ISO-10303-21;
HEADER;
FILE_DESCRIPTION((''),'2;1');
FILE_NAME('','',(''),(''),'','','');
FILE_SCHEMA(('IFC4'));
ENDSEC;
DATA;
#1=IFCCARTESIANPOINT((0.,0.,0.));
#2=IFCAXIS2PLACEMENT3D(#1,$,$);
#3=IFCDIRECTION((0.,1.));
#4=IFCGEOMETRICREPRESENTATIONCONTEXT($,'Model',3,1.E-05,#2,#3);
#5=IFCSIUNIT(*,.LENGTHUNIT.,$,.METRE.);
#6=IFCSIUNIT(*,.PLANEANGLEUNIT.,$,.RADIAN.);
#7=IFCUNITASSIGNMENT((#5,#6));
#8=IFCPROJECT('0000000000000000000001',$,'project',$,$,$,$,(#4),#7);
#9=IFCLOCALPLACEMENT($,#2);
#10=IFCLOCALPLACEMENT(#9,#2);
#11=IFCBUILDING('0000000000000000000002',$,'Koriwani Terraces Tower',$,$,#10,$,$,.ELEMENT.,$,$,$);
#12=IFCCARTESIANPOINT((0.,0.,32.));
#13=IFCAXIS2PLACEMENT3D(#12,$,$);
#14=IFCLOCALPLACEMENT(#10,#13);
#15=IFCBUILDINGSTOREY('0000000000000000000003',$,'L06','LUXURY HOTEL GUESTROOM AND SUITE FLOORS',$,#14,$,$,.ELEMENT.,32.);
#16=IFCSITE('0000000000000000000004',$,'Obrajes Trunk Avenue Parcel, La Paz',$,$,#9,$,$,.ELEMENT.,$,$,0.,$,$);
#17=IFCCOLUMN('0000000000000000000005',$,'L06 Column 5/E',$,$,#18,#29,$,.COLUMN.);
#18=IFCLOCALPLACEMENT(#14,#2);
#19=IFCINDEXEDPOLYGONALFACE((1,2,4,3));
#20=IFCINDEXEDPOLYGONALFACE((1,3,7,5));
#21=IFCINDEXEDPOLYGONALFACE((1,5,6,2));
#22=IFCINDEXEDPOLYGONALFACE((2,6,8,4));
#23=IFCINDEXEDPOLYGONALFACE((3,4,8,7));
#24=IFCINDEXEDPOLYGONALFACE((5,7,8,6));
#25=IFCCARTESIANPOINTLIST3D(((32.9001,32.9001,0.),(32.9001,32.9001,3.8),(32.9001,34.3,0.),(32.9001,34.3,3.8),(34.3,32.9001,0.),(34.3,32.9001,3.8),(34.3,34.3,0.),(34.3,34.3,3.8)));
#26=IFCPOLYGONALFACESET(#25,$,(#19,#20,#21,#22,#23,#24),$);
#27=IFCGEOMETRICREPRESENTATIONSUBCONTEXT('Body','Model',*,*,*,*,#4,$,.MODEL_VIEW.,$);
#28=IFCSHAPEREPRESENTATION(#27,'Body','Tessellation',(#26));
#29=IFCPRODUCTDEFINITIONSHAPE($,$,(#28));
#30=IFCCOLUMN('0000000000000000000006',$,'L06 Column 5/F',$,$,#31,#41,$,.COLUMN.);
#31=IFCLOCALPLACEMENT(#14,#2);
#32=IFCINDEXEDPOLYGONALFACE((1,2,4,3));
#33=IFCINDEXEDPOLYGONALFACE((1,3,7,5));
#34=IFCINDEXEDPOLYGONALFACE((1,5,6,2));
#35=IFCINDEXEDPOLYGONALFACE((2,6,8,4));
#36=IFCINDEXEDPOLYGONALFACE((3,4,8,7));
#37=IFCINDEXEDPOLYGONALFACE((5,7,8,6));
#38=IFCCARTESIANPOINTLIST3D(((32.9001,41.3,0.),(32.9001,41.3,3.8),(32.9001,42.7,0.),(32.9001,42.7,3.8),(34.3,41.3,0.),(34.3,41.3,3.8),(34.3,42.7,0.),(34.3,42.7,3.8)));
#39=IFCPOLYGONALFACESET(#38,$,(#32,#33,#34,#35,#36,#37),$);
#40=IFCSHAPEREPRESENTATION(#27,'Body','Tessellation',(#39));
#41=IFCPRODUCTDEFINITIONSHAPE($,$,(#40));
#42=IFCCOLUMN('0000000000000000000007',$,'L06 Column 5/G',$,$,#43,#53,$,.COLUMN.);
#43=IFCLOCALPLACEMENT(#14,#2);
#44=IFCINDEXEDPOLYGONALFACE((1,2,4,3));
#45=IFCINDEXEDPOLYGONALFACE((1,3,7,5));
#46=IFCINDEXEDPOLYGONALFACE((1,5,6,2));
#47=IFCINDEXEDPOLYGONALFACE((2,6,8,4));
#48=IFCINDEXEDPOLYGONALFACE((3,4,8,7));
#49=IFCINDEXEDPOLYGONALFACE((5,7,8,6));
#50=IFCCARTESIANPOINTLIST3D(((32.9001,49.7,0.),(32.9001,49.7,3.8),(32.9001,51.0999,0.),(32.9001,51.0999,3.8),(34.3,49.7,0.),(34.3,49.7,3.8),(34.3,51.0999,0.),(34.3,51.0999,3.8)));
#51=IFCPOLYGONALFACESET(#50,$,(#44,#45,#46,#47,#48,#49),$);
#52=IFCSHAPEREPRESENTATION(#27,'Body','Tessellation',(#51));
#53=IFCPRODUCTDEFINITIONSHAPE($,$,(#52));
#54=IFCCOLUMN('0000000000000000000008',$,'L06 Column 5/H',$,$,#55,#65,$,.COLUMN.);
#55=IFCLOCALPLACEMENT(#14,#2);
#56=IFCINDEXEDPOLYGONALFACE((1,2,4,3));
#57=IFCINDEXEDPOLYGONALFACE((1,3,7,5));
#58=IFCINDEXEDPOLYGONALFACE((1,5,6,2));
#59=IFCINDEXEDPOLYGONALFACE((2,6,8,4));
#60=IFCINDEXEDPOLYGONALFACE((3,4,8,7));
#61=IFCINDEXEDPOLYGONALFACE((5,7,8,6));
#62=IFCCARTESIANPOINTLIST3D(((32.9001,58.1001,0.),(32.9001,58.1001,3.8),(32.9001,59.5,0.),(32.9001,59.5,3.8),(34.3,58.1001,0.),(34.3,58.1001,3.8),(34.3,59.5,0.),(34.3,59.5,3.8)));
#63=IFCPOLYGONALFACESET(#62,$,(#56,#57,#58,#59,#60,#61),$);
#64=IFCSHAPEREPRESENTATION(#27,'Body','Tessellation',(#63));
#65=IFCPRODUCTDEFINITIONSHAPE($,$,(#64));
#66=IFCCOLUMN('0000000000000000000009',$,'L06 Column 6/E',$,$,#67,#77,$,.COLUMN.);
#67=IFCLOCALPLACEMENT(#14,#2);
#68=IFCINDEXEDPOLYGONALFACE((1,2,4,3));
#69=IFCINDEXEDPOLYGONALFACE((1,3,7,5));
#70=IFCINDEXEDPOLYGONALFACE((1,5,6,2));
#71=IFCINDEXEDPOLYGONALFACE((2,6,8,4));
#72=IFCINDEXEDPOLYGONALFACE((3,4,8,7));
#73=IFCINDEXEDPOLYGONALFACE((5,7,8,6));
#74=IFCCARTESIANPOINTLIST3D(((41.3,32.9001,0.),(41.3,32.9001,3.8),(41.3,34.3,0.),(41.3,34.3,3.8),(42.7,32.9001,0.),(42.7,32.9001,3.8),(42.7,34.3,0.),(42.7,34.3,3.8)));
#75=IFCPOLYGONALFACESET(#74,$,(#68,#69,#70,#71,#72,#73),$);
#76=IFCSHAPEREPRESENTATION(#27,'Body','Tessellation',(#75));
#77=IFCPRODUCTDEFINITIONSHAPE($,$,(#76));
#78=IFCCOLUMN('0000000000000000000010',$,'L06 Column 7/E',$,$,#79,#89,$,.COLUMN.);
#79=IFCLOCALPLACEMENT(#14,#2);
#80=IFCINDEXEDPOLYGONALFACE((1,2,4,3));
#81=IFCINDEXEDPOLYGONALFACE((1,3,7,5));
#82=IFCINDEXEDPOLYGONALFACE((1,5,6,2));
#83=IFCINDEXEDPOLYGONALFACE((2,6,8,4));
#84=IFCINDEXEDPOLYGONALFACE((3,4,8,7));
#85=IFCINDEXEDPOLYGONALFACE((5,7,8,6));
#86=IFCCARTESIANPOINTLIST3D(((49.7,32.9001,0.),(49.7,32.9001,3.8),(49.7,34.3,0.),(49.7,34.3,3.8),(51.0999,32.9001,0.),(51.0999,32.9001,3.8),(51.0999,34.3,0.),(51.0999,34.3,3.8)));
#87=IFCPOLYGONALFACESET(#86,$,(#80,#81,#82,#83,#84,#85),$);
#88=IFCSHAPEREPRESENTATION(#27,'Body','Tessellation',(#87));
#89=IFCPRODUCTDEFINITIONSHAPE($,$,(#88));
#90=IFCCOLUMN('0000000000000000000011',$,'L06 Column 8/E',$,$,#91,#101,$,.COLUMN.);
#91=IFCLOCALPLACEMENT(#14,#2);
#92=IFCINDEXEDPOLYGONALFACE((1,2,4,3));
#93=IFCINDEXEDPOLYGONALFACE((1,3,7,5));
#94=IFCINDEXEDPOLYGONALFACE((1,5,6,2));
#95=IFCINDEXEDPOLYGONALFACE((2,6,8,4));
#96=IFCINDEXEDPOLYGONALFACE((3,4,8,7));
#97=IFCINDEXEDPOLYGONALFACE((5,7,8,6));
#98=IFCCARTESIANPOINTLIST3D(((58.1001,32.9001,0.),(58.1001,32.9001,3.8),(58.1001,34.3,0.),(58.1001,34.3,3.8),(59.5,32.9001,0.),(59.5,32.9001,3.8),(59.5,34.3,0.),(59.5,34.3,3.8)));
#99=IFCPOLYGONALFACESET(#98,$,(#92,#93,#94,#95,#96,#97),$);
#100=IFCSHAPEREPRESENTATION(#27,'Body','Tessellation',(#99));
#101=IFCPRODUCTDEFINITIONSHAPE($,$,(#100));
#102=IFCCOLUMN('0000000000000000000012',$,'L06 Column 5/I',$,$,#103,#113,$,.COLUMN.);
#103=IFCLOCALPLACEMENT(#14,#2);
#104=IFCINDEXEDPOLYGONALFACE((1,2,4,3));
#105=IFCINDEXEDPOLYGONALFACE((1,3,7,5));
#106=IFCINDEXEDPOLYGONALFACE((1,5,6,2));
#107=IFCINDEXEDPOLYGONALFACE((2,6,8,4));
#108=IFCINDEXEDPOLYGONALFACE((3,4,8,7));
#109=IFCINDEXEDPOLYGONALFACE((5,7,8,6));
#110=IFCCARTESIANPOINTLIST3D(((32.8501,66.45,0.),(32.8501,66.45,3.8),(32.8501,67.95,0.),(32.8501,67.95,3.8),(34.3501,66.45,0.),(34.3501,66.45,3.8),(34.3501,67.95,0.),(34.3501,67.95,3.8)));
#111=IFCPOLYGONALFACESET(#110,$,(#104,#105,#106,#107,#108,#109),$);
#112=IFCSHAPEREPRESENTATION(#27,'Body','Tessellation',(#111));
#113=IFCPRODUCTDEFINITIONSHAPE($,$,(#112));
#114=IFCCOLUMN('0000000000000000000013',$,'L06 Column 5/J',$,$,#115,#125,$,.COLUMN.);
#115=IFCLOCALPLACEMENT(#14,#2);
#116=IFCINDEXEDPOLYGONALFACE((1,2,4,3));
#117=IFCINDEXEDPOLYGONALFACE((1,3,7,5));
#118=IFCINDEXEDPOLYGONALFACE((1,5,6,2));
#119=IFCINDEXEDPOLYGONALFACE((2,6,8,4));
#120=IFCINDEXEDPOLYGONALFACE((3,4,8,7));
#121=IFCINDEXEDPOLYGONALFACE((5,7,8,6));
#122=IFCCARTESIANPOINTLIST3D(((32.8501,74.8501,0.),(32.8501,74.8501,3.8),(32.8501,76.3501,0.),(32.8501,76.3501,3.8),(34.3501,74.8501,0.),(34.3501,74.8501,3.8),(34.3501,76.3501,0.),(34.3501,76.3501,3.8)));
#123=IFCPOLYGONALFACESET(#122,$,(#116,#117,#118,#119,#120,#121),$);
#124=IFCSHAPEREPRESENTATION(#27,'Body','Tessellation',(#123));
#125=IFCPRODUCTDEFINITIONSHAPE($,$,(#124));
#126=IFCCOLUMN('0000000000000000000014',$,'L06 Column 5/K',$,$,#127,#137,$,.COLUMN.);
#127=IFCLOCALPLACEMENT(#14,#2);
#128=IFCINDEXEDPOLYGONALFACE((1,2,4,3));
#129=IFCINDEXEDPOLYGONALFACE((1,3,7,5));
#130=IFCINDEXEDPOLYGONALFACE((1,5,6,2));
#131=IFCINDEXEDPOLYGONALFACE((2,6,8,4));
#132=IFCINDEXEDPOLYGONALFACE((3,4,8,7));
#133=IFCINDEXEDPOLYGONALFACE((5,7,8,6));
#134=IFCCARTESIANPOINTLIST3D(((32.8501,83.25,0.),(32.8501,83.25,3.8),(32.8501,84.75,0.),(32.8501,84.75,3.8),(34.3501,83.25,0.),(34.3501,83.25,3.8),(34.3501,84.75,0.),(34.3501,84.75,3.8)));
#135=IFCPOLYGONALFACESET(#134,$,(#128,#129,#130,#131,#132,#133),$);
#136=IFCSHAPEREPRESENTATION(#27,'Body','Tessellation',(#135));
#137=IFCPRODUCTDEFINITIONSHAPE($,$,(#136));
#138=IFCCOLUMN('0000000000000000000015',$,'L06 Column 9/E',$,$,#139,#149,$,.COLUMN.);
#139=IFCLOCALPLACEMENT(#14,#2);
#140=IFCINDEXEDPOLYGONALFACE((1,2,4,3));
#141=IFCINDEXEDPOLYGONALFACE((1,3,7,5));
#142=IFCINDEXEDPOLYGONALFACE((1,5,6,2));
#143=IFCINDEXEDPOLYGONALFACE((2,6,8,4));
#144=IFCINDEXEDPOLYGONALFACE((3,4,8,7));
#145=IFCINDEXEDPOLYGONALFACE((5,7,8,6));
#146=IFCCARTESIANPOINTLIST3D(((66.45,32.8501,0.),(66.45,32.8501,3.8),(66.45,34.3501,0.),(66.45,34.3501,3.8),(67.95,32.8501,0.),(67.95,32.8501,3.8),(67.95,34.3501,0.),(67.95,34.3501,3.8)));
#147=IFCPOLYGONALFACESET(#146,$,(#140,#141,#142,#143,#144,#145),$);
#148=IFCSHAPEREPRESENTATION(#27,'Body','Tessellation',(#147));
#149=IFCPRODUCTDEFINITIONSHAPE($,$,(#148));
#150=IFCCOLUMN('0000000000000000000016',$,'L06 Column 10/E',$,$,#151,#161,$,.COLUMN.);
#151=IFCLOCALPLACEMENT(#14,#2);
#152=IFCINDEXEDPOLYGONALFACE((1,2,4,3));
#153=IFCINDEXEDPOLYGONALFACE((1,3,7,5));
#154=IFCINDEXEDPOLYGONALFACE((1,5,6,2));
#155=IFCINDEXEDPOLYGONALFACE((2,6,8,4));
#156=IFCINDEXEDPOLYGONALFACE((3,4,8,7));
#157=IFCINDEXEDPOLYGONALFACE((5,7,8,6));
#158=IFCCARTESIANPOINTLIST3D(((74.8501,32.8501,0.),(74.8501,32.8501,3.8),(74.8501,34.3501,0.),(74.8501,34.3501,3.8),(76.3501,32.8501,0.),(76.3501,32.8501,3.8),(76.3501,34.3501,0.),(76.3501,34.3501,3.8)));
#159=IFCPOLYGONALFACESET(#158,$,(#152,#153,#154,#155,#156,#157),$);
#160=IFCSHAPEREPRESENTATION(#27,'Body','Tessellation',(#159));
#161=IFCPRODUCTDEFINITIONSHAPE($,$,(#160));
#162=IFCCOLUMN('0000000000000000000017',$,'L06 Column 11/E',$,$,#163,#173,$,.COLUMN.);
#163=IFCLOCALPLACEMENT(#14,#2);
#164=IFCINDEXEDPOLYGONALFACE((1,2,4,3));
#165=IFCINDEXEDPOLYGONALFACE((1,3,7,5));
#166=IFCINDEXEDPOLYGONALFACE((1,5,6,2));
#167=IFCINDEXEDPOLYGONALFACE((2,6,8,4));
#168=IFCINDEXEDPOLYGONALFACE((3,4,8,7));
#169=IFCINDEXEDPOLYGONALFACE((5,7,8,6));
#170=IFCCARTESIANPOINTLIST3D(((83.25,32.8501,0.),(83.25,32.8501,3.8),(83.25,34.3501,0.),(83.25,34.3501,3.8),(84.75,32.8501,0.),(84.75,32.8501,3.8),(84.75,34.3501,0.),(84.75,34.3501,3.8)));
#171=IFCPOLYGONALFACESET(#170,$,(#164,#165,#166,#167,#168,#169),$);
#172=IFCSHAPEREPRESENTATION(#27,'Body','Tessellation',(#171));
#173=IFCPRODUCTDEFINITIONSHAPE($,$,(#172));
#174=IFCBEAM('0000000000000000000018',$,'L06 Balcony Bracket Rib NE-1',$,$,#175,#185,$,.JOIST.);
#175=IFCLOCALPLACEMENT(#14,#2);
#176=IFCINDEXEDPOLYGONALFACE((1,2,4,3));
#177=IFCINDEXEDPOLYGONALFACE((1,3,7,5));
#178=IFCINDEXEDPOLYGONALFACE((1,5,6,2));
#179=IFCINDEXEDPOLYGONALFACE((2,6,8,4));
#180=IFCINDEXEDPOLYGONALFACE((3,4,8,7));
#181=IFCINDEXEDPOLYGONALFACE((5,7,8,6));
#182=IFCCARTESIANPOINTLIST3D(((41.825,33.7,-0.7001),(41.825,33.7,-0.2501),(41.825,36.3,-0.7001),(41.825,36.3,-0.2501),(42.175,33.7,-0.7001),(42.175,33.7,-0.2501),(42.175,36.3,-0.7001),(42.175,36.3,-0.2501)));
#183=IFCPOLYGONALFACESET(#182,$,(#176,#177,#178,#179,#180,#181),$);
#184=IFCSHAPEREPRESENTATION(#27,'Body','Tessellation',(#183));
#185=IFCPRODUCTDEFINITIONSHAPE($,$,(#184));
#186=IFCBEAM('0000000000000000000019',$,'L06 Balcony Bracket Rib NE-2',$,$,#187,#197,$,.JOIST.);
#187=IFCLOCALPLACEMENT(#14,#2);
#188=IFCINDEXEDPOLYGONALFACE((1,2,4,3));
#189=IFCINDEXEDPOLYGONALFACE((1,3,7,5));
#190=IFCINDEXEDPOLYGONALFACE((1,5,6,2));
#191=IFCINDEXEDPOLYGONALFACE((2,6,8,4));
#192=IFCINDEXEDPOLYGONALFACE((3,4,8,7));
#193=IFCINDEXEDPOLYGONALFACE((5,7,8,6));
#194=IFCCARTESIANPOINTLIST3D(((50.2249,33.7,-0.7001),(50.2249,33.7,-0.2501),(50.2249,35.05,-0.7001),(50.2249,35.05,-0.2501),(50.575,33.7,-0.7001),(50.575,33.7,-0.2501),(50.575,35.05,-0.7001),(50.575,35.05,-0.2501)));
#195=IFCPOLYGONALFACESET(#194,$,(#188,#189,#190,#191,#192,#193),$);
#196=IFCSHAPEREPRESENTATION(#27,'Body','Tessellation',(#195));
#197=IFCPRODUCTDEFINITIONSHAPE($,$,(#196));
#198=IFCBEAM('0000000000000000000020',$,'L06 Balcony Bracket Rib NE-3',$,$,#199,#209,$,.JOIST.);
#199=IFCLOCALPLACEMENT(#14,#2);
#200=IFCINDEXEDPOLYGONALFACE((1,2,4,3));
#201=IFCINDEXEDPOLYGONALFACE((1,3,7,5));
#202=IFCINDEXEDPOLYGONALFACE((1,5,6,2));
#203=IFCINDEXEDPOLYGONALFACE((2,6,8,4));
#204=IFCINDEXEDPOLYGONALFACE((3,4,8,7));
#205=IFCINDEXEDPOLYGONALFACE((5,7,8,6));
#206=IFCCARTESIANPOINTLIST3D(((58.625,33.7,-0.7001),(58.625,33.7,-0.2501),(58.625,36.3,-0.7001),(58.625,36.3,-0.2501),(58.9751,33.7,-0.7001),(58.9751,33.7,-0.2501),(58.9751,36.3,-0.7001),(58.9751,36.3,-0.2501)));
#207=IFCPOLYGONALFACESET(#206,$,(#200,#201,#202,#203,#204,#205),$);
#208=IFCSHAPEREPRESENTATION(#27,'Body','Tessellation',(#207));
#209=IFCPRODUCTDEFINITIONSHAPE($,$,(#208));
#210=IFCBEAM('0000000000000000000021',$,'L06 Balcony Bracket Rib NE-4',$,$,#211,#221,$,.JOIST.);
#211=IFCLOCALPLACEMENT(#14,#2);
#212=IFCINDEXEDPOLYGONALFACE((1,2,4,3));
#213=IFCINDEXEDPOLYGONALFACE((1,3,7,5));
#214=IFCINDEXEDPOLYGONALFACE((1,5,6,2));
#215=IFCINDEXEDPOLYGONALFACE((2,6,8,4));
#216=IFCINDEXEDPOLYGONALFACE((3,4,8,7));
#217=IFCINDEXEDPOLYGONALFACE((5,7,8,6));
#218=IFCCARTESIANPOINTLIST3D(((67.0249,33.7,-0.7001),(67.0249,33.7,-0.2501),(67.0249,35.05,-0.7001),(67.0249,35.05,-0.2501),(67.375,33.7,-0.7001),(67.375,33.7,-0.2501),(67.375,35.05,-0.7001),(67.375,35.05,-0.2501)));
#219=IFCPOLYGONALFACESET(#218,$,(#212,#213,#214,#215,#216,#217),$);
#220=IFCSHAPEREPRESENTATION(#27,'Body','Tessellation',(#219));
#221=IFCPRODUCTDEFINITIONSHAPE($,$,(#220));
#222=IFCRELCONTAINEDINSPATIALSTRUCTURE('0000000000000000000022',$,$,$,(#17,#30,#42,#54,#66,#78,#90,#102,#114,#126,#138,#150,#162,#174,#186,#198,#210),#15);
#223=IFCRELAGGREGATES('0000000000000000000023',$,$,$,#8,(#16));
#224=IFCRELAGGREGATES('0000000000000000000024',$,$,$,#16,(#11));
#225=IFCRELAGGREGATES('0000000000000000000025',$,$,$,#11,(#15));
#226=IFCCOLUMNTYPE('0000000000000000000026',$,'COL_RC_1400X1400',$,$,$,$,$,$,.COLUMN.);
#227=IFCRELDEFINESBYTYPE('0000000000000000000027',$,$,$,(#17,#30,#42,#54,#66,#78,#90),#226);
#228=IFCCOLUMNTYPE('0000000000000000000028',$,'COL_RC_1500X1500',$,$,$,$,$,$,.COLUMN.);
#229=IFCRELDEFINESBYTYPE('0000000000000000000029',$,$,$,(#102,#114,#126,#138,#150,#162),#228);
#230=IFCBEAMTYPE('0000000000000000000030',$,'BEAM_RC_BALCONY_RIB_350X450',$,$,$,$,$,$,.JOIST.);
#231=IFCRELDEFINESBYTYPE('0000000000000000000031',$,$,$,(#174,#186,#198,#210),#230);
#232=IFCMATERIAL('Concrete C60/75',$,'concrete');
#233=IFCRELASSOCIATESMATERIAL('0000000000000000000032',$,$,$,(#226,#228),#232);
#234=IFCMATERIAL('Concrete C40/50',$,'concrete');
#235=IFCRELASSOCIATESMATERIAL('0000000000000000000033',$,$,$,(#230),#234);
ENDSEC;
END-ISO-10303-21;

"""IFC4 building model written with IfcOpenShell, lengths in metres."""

from ifc_helpers import new_model, si_unit, direction, frame, origin, origin_2d, place, context, subcontext, project, spatial, rectangle, extrude, material, material_profile, profile_set, type_object, element, save


model = new_model("IFC4")

# Units and contexts
model_context = context("Model", 3, precision=1e-05, world=origin(), true_north=direction((0.0, 1.0)))
body_context = subcontext(model_context, "Body", "Model", "MODEL_VIEW")
ifc_project = project(units=[si_unit("LENGTHUNIT", "METRE"), si_unit("PLANEANGLEUNIT", "RADIAN")], contexts=[model_context])

# Site, building, storey
site_placement = place(None, origin())
site = spatial("IfcSite", under=ifc_project, at=site_placement, Name="Obrajes Trunk Avenue Parcel, La Paz", CompositionType="ELEMENT", RefElevation=0.0)
building_placement = place(site_placement, origin())
building = spatial("IfcBuilding", under=site, at=building_placement, Name="Koriwani Terraces Tower", CompositionType="ELEMENT")
storey_placement = place(building_placement, frame((0.0, 0.0, 32.0)))
storey = spatial("IfcBuildingStorey", under=building, at=storey_placement, Name="L06", Description="LUXURY HOTEL GUESTROOM AND SUITE FLOORS", CompositionType="ELEMENT", Elevation=32.0)

# Columns
ifc_material_1 = material(Name="Concrete C60/75", Category="concrete")
ifc_material_profile_1 = material_profile(ifc_material_1, rectangle(XDim=1.3999, YDim=1.3999, at=origin_2d()), Name="Concrete C60/75", Category="LoadBearing")
ifc_profile_set_1 = profile_set([ifc_material_profile_1], Name="Concrete C60/75")
column_type_1 = type_object("IfcColumnType", Name="COL_RC_1400X1400", PredefinedType="COLUMN", material=ifc_profile_set_1)
for number, where, z_axis, x_axis, name in (
    (1, (33.6001, 33.6001, 0.0), (0.0, 0.0, 1.0), (1.0, 0.0, 0.0), "L06 Column 5/E"),
    (2, (33.6001, 42.0, 0.0), (0.0, 0.0, 1.0), (1.0, 0.0, 0.0), "L06 Column 5/F"),
    (3, (33.6001, 50.3999, 0.0), (0.0, 0.0, 1.0), (1.0, 0.0, 0.0), "L06 Column 5/G"),
    (4, (33.6001, 58.8, 0.0), (0.0, 0.0, 1.0), (1.0, 0.0, 0.0), "L06 Column 5/H"),
    (5, (42.0, 33.6001, 0.0), (0.0, 0.0, 1.0), (1.0, 0.0, 0.0), "L06 Column 6/E"),
    (6, (50.3999, 33.6001, 0.0), (0.0, 0.0, 1.0), (1.0, 0.0, 0.0), "L06 Column 7/E"),
    (7, (58.8, 33.6001, 0.0), (0.0, 0.0, 1.0), (1.0, 0.0, 0.0), "L06 Column 8/E"),
):
    element("IfcColumn", number, at=place(storey_placement, frame(where, z_axis=z_axis, x_axis=x_axis)), inside=storey, type_object=column_type_1, Name=name, PredefinedType="COLUMN", context=body_context, shape_type="SweptSolid", body=[
        extrude(rectangle(XDim=1.3999, YDim=1.3999, at=origin_2d()), origin(), (0.0, 0.0, 1.0), 3.8),
    ])
ifc_material_profile_2 = material_profile(ifc_material_1, rectangle(XDim=1.5, YDim=1.5, at=origin_2d()), Name="Concrete C60/75", Category="LoadBearing")
ifc_profile_set_2 = profile_set([ifc_material_profile_2], Name="Concrete C60/75")
column_type_2 = type_object("IfcColumnType", Name="COL_RC_1500X1500", PredefinedType="COLUMN", material=ifc_profile_set_2)
for number, where, z_axis, x_axis, name in (
    (8, (33.6001, 67.2, 0.0), (0.0, 0.0, 1.0), (1.0, 0.0, 0.0), "L06 Column 5/I"),
    (9, (33.6001, 75.6001, 0.0), (0.0, 0.0, 1.0), (1.0, 0.0, 0.0), "L06 Column 5/J"),
    (10, (33.6001, 84.0, 0.0), (0.0, 0.0, 1.0), (1.0, 0.0, 0.0), "L06 Column 5/K"),
    (11, (67.2, 33.6001, 0.0), (0.0, 0.0, 1.0), (1.0, 0.0, 0.0), "L06 Column 9/E"),
    (12, (75.6001, 33.6001, 0.0), (0.0, 0.0, 1.0), (1.0, 0.0, 0.0), "L06 Column 10/E"),
    (13, (84.0, 33.6001, 0.0), (0.0, 0.0, 1.0), (1.0, 0.0, 0.0), "L06 Column 11/E"),
):
    element("IfcColumn", number, at=place(storey_placement, frame(where, z_axis=z_axis, x_axis=x_axis)), inside=storey, type_object=column_type_2, Name=name, PredefinedType="COLUMN", context=body_context, shape_type="SweptSolid", body=[
        extrude(rectangle(XDim=1.5, YDim=1.5, at=origin_2d()), origin(), (0.0, 0.0, 1.0), 3.8),
    ])

# Beams
ifc_material_2 = material(Name="Concrete C40/50", Category="concrete")
ifc_material_profile_3 = material_profile(ifc_material_2, rectangle(XDim=0.3501, YDim=0.45, at=origin_2d()), Name="Concrete C40/50", Category="LoadBearing")
ifc_profile_set_3 = profile_set([ifc_material_profile_3], Name="Concrete C40/50")
beam_type = type_object("IfcBeamType", Name="BEAM_RC_BALCONY_RIB_350X450", PredefinedType="JOIST", material=ifc_profile_set_3)
beam_1_placement = place(storey_placement, frame((42.0, 33.7, -0.4751), z_axis=(0.0, 1.0, 0.0), x_axis=(-1.0, 0.0, 0.0)))
element("IfcBeam", 14, at=beam_1_placement, inside=storey, type_object=beam_type, Name="L06 Balcony Bracket Rib NE-1", PredefinedType="JOIST", context=body_context, shape_type="SweptSolid", body=[
    extrude(rectangle(XDim=0.3501, YDim=0.45, at=origin_2d()), origin(), (0.0, 0.0, 1.0), 2.6001),
])
beam_2_placement = place(storey_placement, frame((50.3999, 33.7, -0.4751), z_axis=(0.0, 1.0, 0.0), x_axis=(-1.0, 0.0, 0.0)))
element("IfcBeam", 15, at=beam_2_placement, inside=storey, type_object=beam_type, Name="L06 Balcony Bracket Rib NE-2", PredefinedType="JOIST", context=body_context, shape_type="SweptSolid", body=[
    extrude(rectangle(XDim=0.3501, YDim=0.45, at=origin_2d()), origin(), (0.0, 0.0, 1.0), 1.3501),
])
beam_3_placement = place(storey_placement, frame((58.8, 33.7, -0.4751), z_axis=(0.0, 1.0, 0.0), x_axis=(-1.0, 0.0, 0.0)))
element("IfcBeam", 16, at=beam_3_placement, inside=storey, type_object=beam_type, Name="L06 Balcony Bracket Rib NE-3", PredefinedType="JOIST", context=body_context, shape_type="SweptSolid", body=[
    extrude(rectangle(XDim=0.3501, YDim=0.45, at=origin_2d()), origin(), (0.0, 0.0, 1.0), 2.6001),
])
beam_4_placement = place(storey_placement, frame((67.2, 33.7, -0.4751), z_axis=(0.0, 1.0, 0.0), x_axis=(-1.0, 0.0, 0.0)))
element("IfcBeam", 17, at=beam_4_placement, inside=storey, type_object=beam_type, Name="L06 Balcony Bracket Rib NE-4", PredefinedType="JOIST", context=body_context, shape_type="SweptSolid", body=[
    extrude(rectangle(XDim=0.3501, YDim=0.45, at=origin_2d()), origin(), (0.0, 0.0, 1.0), 1.3501),
])

save(model, "model.ifc")
